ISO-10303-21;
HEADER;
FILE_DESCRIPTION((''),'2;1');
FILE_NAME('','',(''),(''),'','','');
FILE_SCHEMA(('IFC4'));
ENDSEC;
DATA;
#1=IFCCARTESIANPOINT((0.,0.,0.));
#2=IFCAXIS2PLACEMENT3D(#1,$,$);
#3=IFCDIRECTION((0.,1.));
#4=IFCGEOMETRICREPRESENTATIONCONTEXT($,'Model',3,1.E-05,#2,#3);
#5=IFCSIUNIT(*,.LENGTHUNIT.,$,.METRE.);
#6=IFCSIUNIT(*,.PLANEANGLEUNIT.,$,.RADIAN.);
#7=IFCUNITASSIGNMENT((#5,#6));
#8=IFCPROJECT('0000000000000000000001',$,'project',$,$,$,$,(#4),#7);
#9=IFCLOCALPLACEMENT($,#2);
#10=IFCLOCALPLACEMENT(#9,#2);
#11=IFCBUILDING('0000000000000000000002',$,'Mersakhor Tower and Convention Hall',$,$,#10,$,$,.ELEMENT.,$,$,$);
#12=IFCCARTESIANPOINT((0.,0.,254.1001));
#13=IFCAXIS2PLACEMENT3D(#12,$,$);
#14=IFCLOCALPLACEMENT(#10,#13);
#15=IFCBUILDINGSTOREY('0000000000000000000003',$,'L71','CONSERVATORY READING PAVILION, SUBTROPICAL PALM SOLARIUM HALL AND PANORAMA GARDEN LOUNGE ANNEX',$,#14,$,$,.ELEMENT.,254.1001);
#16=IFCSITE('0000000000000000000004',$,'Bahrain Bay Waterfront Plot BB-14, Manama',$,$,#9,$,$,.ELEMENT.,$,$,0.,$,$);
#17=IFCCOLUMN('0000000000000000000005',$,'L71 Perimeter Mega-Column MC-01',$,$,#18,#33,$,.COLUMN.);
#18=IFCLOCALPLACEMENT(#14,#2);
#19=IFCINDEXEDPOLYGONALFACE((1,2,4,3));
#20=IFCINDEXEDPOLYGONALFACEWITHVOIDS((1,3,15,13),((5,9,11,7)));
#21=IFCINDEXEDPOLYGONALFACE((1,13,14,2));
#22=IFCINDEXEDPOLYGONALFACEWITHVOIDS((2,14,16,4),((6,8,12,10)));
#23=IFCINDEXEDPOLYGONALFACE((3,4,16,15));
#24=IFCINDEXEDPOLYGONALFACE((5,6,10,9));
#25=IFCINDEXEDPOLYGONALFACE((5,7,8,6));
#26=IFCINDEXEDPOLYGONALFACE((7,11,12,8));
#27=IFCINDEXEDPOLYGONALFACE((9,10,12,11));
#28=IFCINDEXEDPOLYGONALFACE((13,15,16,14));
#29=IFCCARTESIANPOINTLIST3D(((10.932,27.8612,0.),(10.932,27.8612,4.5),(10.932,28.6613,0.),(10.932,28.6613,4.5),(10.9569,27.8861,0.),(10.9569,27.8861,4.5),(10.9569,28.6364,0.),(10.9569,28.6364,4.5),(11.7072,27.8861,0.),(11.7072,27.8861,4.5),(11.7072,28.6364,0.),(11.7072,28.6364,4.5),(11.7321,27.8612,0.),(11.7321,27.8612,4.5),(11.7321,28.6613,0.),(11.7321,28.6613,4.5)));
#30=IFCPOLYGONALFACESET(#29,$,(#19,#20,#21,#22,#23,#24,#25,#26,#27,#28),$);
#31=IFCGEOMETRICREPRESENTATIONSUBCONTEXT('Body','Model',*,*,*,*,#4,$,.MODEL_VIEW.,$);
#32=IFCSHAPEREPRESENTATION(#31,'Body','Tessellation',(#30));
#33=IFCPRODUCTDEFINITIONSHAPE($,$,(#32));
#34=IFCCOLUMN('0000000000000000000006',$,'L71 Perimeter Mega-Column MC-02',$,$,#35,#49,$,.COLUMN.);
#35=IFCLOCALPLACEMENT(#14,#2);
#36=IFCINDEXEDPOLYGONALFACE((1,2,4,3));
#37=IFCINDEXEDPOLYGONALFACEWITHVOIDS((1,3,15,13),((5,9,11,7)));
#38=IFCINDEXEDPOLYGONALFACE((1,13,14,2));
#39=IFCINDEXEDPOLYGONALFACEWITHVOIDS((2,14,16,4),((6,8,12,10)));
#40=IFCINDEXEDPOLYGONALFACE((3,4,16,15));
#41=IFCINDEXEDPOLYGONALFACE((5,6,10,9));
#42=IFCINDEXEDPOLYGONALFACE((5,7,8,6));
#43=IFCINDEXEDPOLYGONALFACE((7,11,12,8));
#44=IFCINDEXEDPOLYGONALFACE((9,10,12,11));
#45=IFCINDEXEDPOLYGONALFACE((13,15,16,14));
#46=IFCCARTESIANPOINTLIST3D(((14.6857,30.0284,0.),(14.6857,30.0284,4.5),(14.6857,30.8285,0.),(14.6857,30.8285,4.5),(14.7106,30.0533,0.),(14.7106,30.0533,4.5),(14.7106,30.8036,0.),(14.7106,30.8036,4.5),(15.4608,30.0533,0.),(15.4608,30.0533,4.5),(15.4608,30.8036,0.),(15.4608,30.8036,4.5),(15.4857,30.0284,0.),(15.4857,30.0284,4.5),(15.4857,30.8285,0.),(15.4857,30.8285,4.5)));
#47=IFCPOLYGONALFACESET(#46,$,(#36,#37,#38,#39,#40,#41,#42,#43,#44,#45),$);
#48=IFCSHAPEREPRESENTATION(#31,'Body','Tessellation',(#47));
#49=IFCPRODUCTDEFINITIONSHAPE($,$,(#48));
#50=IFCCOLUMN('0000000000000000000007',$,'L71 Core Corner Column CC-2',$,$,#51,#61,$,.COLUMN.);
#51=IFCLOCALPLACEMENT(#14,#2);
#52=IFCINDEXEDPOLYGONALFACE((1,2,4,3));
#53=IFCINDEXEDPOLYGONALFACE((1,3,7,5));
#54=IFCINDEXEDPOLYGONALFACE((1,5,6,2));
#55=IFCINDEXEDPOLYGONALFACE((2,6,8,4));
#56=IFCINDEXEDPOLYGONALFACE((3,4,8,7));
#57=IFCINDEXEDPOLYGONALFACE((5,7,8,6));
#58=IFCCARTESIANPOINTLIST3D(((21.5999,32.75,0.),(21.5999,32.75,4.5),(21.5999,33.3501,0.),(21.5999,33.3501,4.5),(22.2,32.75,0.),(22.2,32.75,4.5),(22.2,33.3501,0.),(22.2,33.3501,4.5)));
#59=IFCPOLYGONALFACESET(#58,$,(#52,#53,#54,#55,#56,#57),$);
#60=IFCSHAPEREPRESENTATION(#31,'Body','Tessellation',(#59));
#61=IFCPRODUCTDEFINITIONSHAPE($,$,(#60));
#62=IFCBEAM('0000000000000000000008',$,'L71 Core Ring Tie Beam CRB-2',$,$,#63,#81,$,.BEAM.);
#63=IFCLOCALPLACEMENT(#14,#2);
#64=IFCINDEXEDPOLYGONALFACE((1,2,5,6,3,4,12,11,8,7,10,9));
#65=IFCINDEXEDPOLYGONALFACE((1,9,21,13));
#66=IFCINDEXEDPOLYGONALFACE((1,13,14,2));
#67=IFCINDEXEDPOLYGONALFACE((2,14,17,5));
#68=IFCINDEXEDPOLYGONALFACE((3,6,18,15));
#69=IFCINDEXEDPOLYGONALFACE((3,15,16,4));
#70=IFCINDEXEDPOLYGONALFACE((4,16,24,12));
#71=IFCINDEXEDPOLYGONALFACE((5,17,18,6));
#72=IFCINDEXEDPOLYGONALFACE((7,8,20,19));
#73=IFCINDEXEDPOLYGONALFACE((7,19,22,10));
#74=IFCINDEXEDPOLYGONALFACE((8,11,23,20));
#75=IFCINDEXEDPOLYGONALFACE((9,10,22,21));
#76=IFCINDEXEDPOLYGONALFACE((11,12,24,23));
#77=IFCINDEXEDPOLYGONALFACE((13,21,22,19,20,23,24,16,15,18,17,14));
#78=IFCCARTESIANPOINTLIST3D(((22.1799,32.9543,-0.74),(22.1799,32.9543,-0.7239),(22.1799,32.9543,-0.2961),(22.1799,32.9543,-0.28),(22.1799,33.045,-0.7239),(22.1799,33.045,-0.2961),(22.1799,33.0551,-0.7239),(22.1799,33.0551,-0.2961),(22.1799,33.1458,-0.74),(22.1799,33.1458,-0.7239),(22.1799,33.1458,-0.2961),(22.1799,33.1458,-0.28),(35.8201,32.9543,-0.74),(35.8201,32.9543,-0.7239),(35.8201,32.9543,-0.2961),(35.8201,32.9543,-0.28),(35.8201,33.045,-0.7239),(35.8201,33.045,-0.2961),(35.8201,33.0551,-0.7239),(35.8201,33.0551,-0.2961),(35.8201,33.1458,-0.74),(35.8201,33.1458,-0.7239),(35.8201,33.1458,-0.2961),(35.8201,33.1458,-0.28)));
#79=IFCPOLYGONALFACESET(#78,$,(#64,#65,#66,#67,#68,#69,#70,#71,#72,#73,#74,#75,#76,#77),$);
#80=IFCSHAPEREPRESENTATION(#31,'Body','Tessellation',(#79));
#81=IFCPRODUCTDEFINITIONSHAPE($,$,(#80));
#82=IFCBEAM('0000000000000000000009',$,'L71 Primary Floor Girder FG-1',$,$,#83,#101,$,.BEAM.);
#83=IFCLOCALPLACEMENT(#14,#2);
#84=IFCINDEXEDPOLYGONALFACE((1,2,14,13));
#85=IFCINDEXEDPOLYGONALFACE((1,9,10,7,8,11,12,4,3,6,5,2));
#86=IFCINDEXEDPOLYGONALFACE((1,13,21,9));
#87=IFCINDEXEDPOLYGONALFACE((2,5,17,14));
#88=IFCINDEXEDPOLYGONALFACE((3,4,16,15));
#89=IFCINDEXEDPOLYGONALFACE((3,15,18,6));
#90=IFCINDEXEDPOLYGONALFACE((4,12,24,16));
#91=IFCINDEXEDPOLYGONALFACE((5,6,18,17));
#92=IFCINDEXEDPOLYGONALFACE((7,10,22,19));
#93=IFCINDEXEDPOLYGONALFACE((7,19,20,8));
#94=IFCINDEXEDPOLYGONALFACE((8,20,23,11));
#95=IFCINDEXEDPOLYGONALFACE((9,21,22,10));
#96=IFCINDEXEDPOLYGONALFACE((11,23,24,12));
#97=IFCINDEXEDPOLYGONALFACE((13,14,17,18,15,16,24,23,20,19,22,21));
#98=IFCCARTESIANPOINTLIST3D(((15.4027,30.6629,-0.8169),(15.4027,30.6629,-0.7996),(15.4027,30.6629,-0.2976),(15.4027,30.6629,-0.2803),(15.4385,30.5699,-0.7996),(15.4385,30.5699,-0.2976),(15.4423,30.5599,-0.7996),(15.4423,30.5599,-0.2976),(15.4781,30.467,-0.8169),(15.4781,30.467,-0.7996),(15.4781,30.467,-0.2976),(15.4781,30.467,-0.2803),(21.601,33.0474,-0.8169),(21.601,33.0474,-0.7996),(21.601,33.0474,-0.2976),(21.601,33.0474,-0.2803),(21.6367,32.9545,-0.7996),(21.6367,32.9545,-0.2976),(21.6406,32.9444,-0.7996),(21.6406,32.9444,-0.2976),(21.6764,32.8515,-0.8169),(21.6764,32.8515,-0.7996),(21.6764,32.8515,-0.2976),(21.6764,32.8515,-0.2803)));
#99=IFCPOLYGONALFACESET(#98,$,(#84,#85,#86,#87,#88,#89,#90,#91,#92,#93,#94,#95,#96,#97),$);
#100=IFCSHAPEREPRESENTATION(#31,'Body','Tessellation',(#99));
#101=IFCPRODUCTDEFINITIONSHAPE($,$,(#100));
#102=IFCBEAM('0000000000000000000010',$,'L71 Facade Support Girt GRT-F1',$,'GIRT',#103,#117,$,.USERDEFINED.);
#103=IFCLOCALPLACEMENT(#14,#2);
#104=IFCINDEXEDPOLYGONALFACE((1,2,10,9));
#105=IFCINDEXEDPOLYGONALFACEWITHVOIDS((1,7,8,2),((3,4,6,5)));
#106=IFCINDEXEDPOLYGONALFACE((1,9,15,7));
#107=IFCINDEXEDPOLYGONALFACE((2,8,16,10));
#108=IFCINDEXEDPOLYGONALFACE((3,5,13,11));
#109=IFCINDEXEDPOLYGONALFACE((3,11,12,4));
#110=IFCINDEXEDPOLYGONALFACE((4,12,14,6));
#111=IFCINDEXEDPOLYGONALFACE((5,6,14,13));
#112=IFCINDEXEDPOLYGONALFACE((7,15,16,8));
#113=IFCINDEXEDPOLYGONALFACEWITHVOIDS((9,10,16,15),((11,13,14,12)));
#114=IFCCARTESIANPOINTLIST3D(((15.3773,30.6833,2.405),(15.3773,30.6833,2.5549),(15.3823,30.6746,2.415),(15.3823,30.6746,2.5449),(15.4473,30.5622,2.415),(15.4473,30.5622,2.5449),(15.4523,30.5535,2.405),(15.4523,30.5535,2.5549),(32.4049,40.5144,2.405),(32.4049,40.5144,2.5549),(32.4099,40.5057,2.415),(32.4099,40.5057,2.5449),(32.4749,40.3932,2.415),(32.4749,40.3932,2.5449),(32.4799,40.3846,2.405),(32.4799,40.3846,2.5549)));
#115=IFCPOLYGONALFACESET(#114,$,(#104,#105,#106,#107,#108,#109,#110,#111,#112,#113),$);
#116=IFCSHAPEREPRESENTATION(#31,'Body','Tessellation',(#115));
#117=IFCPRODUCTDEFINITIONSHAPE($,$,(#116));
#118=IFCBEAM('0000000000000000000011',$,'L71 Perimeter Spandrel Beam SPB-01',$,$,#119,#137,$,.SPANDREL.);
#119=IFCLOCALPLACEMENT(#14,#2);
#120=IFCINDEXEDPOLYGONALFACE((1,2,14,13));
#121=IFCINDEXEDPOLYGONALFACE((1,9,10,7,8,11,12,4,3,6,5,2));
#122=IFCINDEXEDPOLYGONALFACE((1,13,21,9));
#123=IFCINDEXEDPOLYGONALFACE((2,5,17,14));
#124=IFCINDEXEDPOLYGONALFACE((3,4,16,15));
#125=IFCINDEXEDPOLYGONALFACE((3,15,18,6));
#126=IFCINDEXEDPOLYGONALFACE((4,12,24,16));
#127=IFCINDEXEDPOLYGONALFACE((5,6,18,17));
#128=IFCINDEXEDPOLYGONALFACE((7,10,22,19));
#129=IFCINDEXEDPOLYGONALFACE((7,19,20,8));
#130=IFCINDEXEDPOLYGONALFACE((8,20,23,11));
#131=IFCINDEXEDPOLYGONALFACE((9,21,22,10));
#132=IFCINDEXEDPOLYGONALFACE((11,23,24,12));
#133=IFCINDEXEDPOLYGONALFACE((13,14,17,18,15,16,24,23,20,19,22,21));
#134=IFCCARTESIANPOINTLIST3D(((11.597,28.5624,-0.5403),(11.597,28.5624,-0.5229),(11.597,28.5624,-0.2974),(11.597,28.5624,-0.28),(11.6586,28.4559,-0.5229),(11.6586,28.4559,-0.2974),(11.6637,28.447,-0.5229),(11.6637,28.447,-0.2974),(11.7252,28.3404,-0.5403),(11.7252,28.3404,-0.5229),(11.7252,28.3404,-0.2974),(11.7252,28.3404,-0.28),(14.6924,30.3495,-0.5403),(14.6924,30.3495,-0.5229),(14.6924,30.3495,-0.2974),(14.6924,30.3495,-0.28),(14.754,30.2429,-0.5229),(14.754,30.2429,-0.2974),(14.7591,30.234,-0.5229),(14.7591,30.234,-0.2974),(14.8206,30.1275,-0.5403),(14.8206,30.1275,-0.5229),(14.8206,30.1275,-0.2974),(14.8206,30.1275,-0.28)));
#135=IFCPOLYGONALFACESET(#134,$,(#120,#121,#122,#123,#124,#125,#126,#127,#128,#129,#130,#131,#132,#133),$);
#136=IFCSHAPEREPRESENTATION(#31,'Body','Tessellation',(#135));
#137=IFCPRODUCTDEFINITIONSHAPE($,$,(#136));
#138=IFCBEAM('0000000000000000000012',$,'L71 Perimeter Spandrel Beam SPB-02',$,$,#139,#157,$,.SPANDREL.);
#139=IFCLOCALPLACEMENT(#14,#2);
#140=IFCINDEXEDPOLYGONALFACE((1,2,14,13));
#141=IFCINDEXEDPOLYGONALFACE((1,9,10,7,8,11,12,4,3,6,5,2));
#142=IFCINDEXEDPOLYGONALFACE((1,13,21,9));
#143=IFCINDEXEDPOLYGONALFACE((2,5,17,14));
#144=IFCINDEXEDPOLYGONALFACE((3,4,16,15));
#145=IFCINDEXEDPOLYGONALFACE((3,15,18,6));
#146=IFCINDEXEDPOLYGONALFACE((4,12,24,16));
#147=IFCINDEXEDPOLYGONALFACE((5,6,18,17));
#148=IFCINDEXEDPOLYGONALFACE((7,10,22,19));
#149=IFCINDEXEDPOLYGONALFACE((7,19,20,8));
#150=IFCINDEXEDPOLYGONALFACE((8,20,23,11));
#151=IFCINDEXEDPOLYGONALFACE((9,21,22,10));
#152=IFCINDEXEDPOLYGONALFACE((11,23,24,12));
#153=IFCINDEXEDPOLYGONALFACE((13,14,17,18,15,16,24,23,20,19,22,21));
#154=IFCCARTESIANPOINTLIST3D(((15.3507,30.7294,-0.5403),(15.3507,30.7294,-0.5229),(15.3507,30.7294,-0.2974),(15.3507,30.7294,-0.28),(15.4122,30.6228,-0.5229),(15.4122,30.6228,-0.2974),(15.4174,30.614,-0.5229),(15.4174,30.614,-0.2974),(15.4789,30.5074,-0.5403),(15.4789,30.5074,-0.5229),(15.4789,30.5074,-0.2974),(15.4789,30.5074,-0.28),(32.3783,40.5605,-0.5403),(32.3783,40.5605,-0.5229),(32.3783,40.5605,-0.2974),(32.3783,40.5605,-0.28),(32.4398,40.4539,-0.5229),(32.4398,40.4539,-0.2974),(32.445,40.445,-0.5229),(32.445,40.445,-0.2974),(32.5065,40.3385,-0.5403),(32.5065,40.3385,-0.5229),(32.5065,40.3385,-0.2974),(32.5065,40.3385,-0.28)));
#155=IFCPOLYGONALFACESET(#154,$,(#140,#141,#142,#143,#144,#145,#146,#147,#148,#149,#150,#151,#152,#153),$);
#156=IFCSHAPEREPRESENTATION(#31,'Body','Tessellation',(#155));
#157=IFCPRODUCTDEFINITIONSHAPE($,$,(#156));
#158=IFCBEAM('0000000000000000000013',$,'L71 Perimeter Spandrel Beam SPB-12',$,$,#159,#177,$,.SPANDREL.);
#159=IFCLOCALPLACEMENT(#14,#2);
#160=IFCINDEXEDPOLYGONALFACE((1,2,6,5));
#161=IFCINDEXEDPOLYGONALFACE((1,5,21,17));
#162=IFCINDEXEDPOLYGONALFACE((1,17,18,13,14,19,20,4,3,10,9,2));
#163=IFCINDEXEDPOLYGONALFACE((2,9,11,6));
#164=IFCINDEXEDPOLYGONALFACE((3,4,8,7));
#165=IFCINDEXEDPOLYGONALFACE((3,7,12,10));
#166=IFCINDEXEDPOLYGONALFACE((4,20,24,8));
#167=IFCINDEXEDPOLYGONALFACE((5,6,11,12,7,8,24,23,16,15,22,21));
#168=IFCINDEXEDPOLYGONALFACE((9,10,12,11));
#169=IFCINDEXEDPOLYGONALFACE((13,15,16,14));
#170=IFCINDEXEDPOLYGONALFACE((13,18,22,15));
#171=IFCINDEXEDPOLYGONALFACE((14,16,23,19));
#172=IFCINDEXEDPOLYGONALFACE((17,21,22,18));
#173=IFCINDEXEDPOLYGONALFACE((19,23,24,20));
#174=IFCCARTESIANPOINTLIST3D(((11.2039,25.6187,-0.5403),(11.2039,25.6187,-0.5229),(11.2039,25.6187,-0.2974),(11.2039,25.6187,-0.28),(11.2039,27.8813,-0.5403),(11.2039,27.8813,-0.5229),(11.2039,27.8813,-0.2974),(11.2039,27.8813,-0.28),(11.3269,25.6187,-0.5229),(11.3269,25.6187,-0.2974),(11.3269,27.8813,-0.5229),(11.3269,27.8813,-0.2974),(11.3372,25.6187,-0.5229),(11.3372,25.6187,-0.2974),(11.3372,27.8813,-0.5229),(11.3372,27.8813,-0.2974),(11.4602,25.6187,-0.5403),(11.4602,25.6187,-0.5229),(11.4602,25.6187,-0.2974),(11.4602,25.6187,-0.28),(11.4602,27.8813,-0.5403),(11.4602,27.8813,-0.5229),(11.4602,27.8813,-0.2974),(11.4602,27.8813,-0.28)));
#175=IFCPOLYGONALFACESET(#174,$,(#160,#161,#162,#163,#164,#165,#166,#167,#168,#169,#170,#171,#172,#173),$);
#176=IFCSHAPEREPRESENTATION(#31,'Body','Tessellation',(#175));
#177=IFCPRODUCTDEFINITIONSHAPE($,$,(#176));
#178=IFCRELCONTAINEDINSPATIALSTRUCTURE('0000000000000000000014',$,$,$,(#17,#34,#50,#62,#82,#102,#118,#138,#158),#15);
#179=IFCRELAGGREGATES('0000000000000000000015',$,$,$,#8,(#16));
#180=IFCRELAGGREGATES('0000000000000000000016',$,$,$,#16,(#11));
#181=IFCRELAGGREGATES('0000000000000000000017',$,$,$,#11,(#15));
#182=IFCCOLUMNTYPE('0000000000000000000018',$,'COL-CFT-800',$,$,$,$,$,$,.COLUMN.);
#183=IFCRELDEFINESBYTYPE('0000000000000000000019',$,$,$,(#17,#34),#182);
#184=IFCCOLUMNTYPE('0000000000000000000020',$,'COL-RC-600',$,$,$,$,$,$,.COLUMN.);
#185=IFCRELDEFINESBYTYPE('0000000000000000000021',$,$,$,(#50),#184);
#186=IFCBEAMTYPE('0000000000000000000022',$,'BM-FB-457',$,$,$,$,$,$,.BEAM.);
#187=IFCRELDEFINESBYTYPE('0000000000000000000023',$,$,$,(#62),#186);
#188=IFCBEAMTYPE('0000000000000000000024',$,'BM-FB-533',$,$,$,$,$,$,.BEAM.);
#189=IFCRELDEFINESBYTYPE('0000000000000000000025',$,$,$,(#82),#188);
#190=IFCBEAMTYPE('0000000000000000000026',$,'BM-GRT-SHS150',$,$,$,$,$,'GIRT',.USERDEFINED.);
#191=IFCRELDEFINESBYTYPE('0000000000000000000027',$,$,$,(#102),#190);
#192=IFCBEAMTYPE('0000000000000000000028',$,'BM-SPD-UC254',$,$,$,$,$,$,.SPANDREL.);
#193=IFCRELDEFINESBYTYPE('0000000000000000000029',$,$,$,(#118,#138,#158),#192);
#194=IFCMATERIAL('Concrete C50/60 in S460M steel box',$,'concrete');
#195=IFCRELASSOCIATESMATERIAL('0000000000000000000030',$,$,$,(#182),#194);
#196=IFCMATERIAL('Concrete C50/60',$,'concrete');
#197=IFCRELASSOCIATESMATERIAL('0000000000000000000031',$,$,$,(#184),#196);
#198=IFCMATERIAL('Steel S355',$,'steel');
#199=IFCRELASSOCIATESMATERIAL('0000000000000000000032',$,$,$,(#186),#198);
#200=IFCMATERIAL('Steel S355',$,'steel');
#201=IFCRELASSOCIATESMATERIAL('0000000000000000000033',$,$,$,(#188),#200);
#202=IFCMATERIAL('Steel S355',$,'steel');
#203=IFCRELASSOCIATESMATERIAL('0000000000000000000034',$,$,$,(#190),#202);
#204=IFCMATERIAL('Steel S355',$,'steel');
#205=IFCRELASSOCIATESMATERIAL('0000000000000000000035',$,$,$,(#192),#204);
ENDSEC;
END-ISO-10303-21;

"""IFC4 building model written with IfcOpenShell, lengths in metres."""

from ifc_helpers import new_model, si_unit, direction, frame, origin, origin_2d, place, context, subcontext, project, spatial, rectangle, hollow_rectangle, i_section, extrude, material, material_profile, profile_set, type_object, element, save


model = new_model("IFC4")

# Units and contexts
model_context = context("Model", 3, precision=1e-05, world=origin(), true_north=direction((0.0, 1.0)))
body_context = subcontext(model_context, "Body", "Model", "MODEL_VIEW")
ifc_project = project(units=[si_unit("LENGTHUNIT", "METRE"), si_unit("PLANEANGLEUNIT", "RADIAN")], contexts=[model_context])

# Site, building, storey
site_placement = place(None, origin())
site = spatial("IfcSite", under=ifc_project, at=site_placement, Name="Bahrain Bay Waterfront Plot BB-14, Manama", CompositionType="ELEMENT", RefElevation=0.0)
building_placement = place(site_placement, origin())
building = spatial("IfcBuilding", under=site, at=building_placement, Name="Mersakhor Tower and Convention Hall", CompositionType="ELEMENT")
storey_placement = place(building_placement, frame((0.0, 0.0, 254.1001)))
storey = spatial("IfcBuildingStorey", under=building, at=storey_placement, Name="L71", Description="CONSERVATORY READING PAVILION, SUBTROPICAL PALM SOLARIUM HALL AND PANORAMA GARDEN LOUNGE ANNEX", CompositionType="ELEMENT", Elevation=254.1001)

# Columns
ifc_material_1 = material(Name="Concrete C50/60 in S460M steel box", Category="concrete")
ifc_material_profile_1 = material_profile(ifc_material_1, hollow_rectangle(XDim=0.8, YDim=0.8, WallThickness=0.0249, at=origin_2d()), Name="SHS 800x800x25")
ifc_profile_set_1 = profile_set([ifc_material_profile_1], Name="Concrete C50/60 in S460M steel box")
column_type_1 = type_object("IfcColumnType", Name="COL-CFT-800", PredefinedType="COLUMN", material=ifc_profile_set_1)
for number, where, z_axis, x_axis, name in (
    (1, (11.332, 28.2612, 0.0), (0.0, 0.0, 1.0), (1.0, 0.0, 0.0), "L71 Perimeter Mega-Column MC-01"),
    (2, (15.0857, 30.4285, 0.0), (0.0, 0.0, 1.0), (1.0, 0.0, 0.0), "L71 Perimeter Mega-Column MC-02"),
):
    element("IfcColumn", number, at=place(storey_placement, frame(where, z_axis=z_axis, x_axis=x_axis)), inside=storey, type_object=column_type_1, Name=name, PredefinedType="COLUMN", context=body_context, shape_type="SweptSolid", body=[
        extrude(hollow_rectangle(XDim=0.8, YDim=0.8, WallThickness=0.0249, at=origin_2d()), origin(), (0.0, 0.0, 1.0), 4.5),
    ])
ifc_material_2 = material(Name="Concrete C50/60", Category="concrete")
ifc_material_profile_2 = material_profile(ifc_material_2, rectangle(XDim=0.6001, YDim=0.6001, at=origin_2d()), Name="RC 600x600")
ifc_profile_set_2 = profile_set([ifc_material_profile_2], Name="Concrete C50/60")
column_type_2 = type_object("IfcColumnType", Name="COL-RC-600", PredefinedType="COLUMN", material=ifc_profile_set_2)
column_placement = place(storey_placement, frame((21.8999, 33.05, 0.0), z_axis=(0.0, 0.0, 1.0), x_axis=(1.0, 0.0, 0.0)))
element("IfcColumn", 3, at=column_placement, inside=storey, type_object=column_type_2, Name="L71 Core Corner Column CC-2", PredefinedType="COLUMN", context=body_context, shape_type="SweptSolid", body=[
    extrude(rectangle(XDim=0.6001, YDim=0.6001, at=origin_2d()), origin(), (0.0, 0.0, 1.0), 4.5),
])

# Beams
ifc_material_3 = material(Name="Steel S355", Category="steel")
ifc_material_profile_3 = material_profile(ifc_material_3, i_section(OverallWidth=0.1914, OverallDepth=0.46, WebThickness=0.01, FlangeThickness=0.0161, at=origin_2d()), Name="UB 457x191x82")
ifc_profile_set_3 = profile_set([ifc_material_profile_3], Name="Steel S355")
beam_type_1 = type_object("IfcBeamType", Name="BM-FB-457", PredefinedType="BEAM", material=ifc_profile_set_3)
beam_1_placement = place(storey_placement, frame((22.1799, 33.05, -0.51), z_axis=(1.0, 0.0, 0.0), x_axis=(0.0, 1.0, 0.0)))
element("IfcBeam", 4, at=beam_1_placement, inside=storey, type_object=beam_type_1, Name="L71 Core Ring Tie Beam CRB-2", PredefinedType="BEAM", context=body_context, shape_type="SweptSolid", body=[
    extrude(i_section(OverallWidth=0.1914, OverallDepth=0.46, WebThickness=0.01, FlangeThickness=0.0161, at=origin_2d()), origin(), (0.0, 0.0, 1.0), 13.6401),
])
ifc_material_4 = material(Name="Steel S355", Category="steel")
ifc_material_profile_4 = material_profile(ifc_material_4, i_section(OverallWidth=0.21, OverallDepth=0.5366, WebThickness=0.0107, FlangeThickness=0.0173, at=origin_2d()), Name="UB 533x210x101")
ifc_profile_set_4 = profile_set([ifc_material_profile_4], Name="Steel S355")
beam_type_2 = type_object("IfcBeamType", Name="BM-FB-533", PredefinedType="BEAM", material=ifc_profile_set_4)
beam_2_placement = place(storey_placement, frame((21.6387, 32.9495, -0.5486), z_axis=(-0.933316, -0.359055, 0.0), x_axis=(0.359055, -0.933316, 0.0)))
element("IfcBeam", 5, at=beam_2_placement, inside=storey, type_object=beam_type_2, Name="L71 Primary Floor Girder FG-1", PredefinedType="BEAM", context=body_context, shape_type="SweptSolid", body=[
    extrude(i_section(OverallWidth=0.21, OverallDepth=0.5366, WebThickness=0.0107, FlangeThickness=0.0173, at=origin_2d()), origin(), (0.0, 0.0, 1.0), 6.6411),
])
ifc_material_5 = material(Name="Steel S355", Category="steel")
ifc_material_profile_5 = material_profile(ifc_material_5, hollow_rectangle(XDim=0.1499, YDim=0.1499, WallThickness=0.01, at=origin_2d()), Name="SHS 150x150x10")
ifc_profile_set_5 = profile_set([ifc_material_profile_5], Name="Steel S355")
beam_type_3 = type_object("IfcBeamType", Name="BM-GRT-SHS150", ElementType="GIRT", PredefinedType="USERDEFINED", material=ifc_profile_set_5)
beam_3_placement = place(storey_placement, frame((15.4148, 30.6184, 2.48), z_axis=(0.866022, 0.500007, 0.0), x_axis=(-0.500007, 0.866022, 0.0)))
element("IfcBeam", 6, at=beam_3_placement, inside=storey, type_object=beam_type_3, Name="L71 Facade Support Girt GRT-F1", ObjectType="GIRT", PredefinedType="USERDEFINED", context=body_context, shape_type="SweptSolid", body=[
    extrude(hollow_rectangle(XDim=0.1499, YDim=0.1499, WallThickness=0.01, at=origin_2d()), origin(), (0.0, 0.0, 1.0), 19.6619),
])
ifc_material_6 = material(Name="Steel S355", Category="steel")
ifc_material_profile_6 = material_profile(ifc_material_6, i_section(OverallWidth=0.2563, OverallDepth=0.2603, WebThickness=0.0103, FlangeThickness=0.0173, at=origin_2d()), Name="UC 254x254x89")
ifc_profile_set_6 = profile_set([ifc_material_profile_6], Name="Steel S355")
beam_type_4 = type_object("IfcBeamType", Name="BM-SPD-UC254", PredefinedType="SPANDREL", material=ifc_profile_set_6)
beam_4_placement = place(storey_placement, frame((11.6611, 28.4514, -0.4102), z_axis=(0.866032, 0.499989, 0.0), x_axis=(-0.499989, 0.866032, 0.0)))
element("IfcBeam", 7, at=beam_4_placement, inside=storey, type_object=beam_type_4, Name="L71 Perimeter Spandrel Beam SPB-01", PredefinedType="SPANDREL", context=body_context, shape_type="SweptSolid", body=[
    extrude(i_section(OverallWidth=0.2563, OverallDepth=0.2603, WebThickness=0.0103, FlangeThickness=0.0173, at=origin_2d()), origin(), (0.0, 0.0, 1.0), 3.5742),
])
beam_5_placement = place(storey_placement, frame((15.4148, 30.6184, -0.4102), z_axis=(0.866022, 0.500007, 0.0), x_axis=(-0.500007, 0.866022, 0.0)))
element("IfcBeam", 8, at=beam_5_placement, inside=storey, type_object=beam_type_4, Name="L71 Perimeter Spandrel Beam SPB-02", PredefinedType="SPANDREL", context=body_context, shape_type="SweptSolid", body=[
    extrude(i_section(OverallWidth=0.2563, OverallDepth=0.2603, WebThickness=0.0103, FlangeThickness=0.0173, at=origin_2d()), origin(), (0.0, 0.0, 1.0), 19.6619),
])
beam_6_placement = place(storey_placement, frame((11.332, 25.6187, -0.4102), z_axis=(0.0, 1.0, 0.0), x_axis=(-1.0, 0.0, 0.0)))
element("IfcBeam", 9, at=beam_6_placement, inside=storey, type_object=beam_type_4, Name="L71 Perimeter Spandrel Beam SPB-12", PredefinedType="SPANDREL", context=body_context, shape_type="SweptSolid", body=[
    extrude(i_section(OverallWidth=0.2563, OverallDepth=0.2603, WebThickness=0.0103, FlangeThickness=0.0173, at=origin_2d()), origin(), (0.0, 0.0, 1.0), 2.2627),
])

save(model, "model.ifc")
